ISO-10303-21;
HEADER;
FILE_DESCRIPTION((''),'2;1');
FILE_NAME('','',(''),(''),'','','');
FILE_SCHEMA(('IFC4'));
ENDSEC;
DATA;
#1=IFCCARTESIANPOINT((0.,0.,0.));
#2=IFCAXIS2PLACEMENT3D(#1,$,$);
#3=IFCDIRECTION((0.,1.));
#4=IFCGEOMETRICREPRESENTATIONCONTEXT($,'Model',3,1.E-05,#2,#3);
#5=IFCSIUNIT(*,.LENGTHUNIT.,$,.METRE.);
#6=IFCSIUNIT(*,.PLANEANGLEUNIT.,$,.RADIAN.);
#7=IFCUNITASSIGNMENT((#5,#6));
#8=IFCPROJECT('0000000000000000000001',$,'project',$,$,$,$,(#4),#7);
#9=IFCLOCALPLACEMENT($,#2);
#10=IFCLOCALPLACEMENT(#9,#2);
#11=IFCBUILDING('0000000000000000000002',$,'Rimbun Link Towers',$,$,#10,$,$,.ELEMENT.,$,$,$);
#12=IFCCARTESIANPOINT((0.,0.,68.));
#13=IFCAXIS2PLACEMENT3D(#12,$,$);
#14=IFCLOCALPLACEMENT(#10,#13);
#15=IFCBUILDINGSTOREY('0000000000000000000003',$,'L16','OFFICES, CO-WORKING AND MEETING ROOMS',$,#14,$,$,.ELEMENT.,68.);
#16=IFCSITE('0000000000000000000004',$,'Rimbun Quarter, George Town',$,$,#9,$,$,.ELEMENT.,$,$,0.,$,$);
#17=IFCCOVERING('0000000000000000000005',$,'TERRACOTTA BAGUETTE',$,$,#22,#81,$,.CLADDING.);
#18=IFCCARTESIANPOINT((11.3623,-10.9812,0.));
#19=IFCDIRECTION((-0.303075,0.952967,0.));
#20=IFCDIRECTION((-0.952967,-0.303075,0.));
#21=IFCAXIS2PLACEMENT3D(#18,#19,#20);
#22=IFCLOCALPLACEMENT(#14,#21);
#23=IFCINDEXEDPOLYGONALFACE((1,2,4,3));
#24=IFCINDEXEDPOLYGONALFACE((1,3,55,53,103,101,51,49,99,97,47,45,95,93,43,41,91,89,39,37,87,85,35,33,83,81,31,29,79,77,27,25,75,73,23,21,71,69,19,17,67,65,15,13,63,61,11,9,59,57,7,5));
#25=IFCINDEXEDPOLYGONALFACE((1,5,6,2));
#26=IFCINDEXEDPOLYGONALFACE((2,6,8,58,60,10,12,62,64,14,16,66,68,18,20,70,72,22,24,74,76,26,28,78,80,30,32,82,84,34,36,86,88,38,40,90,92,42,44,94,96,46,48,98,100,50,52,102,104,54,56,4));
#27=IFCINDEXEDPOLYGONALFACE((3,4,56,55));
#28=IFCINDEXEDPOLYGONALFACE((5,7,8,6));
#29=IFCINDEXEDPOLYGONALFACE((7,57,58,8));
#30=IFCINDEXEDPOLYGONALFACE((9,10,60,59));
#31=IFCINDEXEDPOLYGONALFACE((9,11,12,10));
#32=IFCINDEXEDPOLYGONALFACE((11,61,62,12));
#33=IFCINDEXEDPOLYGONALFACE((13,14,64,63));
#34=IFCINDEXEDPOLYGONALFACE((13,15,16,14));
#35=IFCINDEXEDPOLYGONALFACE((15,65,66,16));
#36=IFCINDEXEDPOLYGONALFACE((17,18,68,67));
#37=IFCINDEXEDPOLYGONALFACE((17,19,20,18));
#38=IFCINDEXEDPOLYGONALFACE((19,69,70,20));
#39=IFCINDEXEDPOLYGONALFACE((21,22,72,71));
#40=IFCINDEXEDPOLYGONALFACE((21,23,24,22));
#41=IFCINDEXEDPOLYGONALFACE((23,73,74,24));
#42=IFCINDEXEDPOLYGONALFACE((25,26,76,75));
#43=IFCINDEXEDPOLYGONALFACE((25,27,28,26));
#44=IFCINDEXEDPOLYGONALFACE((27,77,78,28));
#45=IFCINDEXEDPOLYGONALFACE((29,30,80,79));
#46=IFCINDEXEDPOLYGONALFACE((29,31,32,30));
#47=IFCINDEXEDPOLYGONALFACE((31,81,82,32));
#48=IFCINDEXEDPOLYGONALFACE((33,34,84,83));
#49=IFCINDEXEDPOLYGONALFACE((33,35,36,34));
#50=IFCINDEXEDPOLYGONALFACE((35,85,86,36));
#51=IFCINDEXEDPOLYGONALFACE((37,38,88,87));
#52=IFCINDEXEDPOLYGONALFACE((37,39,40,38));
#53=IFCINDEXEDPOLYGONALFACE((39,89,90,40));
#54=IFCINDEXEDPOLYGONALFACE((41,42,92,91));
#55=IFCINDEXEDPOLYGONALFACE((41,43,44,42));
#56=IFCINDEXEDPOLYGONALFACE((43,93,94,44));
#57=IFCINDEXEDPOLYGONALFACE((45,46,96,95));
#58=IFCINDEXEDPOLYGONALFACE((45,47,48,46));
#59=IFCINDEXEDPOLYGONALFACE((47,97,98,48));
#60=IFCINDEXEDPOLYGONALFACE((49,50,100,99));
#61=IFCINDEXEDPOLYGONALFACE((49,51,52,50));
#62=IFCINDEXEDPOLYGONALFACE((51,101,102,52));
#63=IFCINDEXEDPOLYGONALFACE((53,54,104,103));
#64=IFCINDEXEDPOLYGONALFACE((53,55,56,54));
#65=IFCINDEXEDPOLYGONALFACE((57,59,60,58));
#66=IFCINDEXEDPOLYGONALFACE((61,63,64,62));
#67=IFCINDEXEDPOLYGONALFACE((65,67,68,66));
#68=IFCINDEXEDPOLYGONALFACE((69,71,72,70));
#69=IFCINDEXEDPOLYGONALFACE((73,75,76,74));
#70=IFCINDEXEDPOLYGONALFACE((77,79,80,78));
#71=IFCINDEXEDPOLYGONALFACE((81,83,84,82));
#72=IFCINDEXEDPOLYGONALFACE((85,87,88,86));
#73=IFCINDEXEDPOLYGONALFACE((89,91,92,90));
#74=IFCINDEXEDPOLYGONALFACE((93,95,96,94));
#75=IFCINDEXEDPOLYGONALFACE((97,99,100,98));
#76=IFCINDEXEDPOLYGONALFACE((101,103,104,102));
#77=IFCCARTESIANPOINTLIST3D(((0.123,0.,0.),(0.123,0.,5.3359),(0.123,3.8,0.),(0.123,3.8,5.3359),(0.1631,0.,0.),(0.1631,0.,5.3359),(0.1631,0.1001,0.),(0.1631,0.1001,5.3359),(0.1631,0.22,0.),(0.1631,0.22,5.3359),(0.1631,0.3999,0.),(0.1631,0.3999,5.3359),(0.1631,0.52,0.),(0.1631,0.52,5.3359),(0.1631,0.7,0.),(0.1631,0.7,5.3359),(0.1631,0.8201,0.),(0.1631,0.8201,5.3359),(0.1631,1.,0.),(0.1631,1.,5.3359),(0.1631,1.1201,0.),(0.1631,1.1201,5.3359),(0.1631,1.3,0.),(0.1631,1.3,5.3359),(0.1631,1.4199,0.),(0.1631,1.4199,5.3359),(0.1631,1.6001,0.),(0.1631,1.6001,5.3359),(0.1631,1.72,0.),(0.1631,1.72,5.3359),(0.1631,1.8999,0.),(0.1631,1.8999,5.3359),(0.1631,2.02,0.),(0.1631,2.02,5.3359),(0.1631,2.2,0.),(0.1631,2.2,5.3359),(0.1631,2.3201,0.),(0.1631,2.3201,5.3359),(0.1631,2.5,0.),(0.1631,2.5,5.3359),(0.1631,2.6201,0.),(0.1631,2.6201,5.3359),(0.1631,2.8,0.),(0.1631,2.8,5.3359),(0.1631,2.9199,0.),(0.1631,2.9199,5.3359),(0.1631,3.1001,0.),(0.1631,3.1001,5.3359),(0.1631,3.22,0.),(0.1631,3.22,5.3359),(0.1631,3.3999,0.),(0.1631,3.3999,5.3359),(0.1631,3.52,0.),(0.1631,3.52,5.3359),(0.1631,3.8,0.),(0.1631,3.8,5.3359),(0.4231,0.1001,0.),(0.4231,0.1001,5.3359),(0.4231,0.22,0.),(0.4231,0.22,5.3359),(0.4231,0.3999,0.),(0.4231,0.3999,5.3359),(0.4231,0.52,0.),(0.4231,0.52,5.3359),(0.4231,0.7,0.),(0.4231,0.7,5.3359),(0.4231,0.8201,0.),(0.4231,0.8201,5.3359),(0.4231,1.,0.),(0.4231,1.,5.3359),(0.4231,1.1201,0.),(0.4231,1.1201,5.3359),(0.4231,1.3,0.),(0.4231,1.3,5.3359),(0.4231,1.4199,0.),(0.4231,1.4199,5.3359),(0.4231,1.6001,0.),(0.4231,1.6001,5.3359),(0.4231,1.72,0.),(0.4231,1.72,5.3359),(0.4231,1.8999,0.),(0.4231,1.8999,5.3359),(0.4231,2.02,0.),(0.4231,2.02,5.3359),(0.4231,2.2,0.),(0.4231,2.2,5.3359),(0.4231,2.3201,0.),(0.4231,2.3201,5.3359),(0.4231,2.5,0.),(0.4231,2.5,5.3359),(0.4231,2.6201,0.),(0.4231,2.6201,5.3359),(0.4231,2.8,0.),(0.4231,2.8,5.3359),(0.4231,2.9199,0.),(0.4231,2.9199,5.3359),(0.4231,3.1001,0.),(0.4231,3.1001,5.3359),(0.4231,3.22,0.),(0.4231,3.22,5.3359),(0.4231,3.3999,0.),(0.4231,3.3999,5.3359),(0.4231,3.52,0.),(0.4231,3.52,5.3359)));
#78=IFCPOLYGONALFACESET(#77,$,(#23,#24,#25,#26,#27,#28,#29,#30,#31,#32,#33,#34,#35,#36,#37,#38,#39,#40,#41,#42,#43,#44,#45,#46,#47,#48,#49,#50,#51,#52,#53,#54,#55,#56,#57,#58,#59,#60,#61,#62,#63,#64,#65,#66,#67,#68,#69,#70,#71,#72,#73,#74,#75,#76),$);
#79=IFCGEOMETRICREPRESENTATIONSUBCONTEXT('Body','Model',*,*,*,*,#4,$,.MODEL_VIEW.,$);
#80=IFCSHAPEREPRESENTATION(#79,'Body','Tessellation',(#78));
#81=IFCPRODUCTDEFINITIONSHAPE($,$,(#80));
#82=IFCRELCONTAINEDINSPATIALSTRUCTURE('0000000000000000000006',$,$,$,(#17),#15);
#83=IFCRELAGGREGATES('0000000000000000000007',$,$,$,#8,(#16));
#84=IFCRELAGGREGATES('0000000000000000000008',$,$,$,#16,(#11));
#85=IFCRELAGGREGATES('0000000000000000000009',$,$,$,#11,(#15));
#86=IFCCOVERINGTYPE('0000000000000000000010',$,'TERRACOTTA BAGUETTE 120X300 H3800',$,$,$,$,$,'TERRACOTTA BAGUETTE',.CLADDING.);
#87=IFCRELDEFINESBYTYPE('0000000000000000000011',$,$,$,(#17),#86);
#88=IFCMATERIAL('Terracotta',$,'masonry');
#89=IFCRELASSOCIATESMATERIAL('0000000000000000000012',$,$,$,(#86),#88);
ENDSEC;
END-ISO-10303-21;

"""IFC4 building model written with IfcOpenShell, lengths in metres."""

from ifc_helpers import new_model, si_unit, direction, frame, origin, place, context, subcontext, project, spatial, polyline, outline, extrude, material, material_profile, profile_set, type_object, element, save


model = new_model("IFC4")

# Units and contexts
model_context = context("Model", 3, precision=1e-05, world=origin(), true_north=direction((0.0, 1.0)))
body_context = subcontext(model_context, "Body", "Model", "MODEL_VIEW")
ifc_project = project(units=[si_unit("LENGTHUNIT", "METRE"), si_unit("PLANEANGLEUNIT", "RADIAN")], contexts=[model_context])

# Site, building, storey
site_placement = place(None, origin())
site = spatial("IfcSite", under=ifc_project, at=site_placement, Name="Rimbun Quarter, George Town", CompositionType="ELEMENT", RefElevation=0.0)
building_placement = place(site_placement, origin())
building = spatial("IfcBuilding", under=site, at=building_placement, Name="Rimbun Link Towers", CompositionType="ELEMENT")
storey_placement = place(building_placement, frame((0.0, 0.0, 68.0)))
storey = spatial("IfcBuildingStorey", under=building, at=storey_placement, Name="L16", Description="OFFICES, CO-WORKING AND MEETING ROOMS", CompositionType="ELEMENT", Elevation=68.0)

# Covering
ifc_material_1 = material(Name="Terracotta", Category="masonry")
ifc_material_profile_1 = material_profile(ifc_material_1, outline(polyline([(0.123, 0.0), (0.1631, 0.0), (0.1631, 0.1001), (0.4231, 0.1001), (0.4231, 0.22), (0.1631, 0.22), (0.1631, 0.3999), (0.4231, 0.3999), (0.4231, 0.52), (0.1631, 0.52), (0.1631, 0.7), (0.4231, 0.7), (0.4231, 0.8201), (0.1631, 0.8201), (0.1631, 1.0), (0.4231, 1.0), (0.4231, 1.1201), (0.1631, 1.1201), (0.1631, 1.3), (0.4231, 1.3), (0.4231, 1.4199), (0.1631, 1.4199), (0.1631, 1.6001), (0.4231, 1.6001), (0.4231, 1.72), (0.1631, 1.72), (0.1631, 1.8999), (0.4231, 1.8999), (0.4231, 2.02), (0.1631, 2.02), (0.1631, 2.2), (0.4231, 2.2), (0.4231, 2.3201), (0.1631, 2.3201), (0.1631, 2.5), (0.4231, 2.5), (0.4231, 2.6201), (0.1631, 2.6201), (0.1631, 2.8), (0.4231, 2.8), (0.4231, 2.9199), (0.1631, 2.9199), (0.1631, 3.1001), (0.4231, 3.1001), (0.4231, 3.22), (0.1631, 3.22), (0.1631, 3.3999), (0.4231, 3.3999), (0.4231, 3.52), (0.1631, 3.52), (0.1631, 3.8), (0.123, 3.8), (0.123, 0.0)])), Name="BAGUETTE 120X300")
ifc_profile_set_1 = profile_set([ifc_material_profile_1], Name="Terracotta")
covering_type_1 = type_object("IfcCoveringType", Name="TERRACOTTA BAGUETTE 120X300 H3800", ElementType="TERRACOTTA BAGUETTE", PredefinedType="CLADDING", material=ifc_profile_set_1)
covering_1_placement = place(storey_placement, frame((11.3623, -10.9812, 0.0), z_axis=(-0.303075, 0.952967, 0.0), x_axis=(-0.952967, -0.303075, 0.0)))
element("IfcCovering", 1, at=covering_1_placement, inside=storey, type_object=covering_type_1, Name="TERRACOTTA BAGUETTE", PredefinedType="CLADDING", context=body_context, shape_type="SweptSolid", body=[
    extrude(outline(polyline([(0.123, 0.0), (0.1631, 0.0), (0.1631, 0.1001), (0.4231, 0.1001), (0.4231, 0.22), (0.1631, 0.22), (0.1631, 0.3999), (0.4231, 0.3999), (0.4231, 0.52), (0.1631, 0.52), (0.1631, 0.7), (0.4231, 0.7), (0.4231, 0.8201), (0.1631, 0.8201), (0.1631, 1.0), (0.4231, 1.0), (0.4231, 1.1201), (0.1631, 1.1201), (0.1631, 1.3), (0.4231, 1.3), (0.4231, 1.4199), (0.1631, 1.4199), (0.1631, 1.6001), (0.4231, 1.6001), (0.4231, 1.72), (0.1631, 1.72), (0.1631, 1.8999), (0.4231, 1.8999), (0.4231, 2.02), (0.1631, 2.02), (0.1631, 2.2), (0.4231, 2.2), (0.4231, 2.3201), (0.1631, 2.3201), (0.1631, 2.5), (0.4231, 2.5), (0.4231, 2.6201), (0.1631, 2.6201), (0.1631, 2.8), (0.4231, 2.8), (0.4231, 2.9199), (0.1631, 2.9199), (0.1631, 3.1001), (0.4231, 3.1001), (0.4231, 3.22), (0.1631, 3.22), (0.1631, 3.3999), (0.4231, 3.3999), (0.4231, 3.52), (0.1631, 3.52), (0.1631, 3.8), (0.123, 3.8), (0.123, 0.0)])), origin(), (0.0, 0.0, 1.0), 5.3359),
])

save(model, "model.ifc")
